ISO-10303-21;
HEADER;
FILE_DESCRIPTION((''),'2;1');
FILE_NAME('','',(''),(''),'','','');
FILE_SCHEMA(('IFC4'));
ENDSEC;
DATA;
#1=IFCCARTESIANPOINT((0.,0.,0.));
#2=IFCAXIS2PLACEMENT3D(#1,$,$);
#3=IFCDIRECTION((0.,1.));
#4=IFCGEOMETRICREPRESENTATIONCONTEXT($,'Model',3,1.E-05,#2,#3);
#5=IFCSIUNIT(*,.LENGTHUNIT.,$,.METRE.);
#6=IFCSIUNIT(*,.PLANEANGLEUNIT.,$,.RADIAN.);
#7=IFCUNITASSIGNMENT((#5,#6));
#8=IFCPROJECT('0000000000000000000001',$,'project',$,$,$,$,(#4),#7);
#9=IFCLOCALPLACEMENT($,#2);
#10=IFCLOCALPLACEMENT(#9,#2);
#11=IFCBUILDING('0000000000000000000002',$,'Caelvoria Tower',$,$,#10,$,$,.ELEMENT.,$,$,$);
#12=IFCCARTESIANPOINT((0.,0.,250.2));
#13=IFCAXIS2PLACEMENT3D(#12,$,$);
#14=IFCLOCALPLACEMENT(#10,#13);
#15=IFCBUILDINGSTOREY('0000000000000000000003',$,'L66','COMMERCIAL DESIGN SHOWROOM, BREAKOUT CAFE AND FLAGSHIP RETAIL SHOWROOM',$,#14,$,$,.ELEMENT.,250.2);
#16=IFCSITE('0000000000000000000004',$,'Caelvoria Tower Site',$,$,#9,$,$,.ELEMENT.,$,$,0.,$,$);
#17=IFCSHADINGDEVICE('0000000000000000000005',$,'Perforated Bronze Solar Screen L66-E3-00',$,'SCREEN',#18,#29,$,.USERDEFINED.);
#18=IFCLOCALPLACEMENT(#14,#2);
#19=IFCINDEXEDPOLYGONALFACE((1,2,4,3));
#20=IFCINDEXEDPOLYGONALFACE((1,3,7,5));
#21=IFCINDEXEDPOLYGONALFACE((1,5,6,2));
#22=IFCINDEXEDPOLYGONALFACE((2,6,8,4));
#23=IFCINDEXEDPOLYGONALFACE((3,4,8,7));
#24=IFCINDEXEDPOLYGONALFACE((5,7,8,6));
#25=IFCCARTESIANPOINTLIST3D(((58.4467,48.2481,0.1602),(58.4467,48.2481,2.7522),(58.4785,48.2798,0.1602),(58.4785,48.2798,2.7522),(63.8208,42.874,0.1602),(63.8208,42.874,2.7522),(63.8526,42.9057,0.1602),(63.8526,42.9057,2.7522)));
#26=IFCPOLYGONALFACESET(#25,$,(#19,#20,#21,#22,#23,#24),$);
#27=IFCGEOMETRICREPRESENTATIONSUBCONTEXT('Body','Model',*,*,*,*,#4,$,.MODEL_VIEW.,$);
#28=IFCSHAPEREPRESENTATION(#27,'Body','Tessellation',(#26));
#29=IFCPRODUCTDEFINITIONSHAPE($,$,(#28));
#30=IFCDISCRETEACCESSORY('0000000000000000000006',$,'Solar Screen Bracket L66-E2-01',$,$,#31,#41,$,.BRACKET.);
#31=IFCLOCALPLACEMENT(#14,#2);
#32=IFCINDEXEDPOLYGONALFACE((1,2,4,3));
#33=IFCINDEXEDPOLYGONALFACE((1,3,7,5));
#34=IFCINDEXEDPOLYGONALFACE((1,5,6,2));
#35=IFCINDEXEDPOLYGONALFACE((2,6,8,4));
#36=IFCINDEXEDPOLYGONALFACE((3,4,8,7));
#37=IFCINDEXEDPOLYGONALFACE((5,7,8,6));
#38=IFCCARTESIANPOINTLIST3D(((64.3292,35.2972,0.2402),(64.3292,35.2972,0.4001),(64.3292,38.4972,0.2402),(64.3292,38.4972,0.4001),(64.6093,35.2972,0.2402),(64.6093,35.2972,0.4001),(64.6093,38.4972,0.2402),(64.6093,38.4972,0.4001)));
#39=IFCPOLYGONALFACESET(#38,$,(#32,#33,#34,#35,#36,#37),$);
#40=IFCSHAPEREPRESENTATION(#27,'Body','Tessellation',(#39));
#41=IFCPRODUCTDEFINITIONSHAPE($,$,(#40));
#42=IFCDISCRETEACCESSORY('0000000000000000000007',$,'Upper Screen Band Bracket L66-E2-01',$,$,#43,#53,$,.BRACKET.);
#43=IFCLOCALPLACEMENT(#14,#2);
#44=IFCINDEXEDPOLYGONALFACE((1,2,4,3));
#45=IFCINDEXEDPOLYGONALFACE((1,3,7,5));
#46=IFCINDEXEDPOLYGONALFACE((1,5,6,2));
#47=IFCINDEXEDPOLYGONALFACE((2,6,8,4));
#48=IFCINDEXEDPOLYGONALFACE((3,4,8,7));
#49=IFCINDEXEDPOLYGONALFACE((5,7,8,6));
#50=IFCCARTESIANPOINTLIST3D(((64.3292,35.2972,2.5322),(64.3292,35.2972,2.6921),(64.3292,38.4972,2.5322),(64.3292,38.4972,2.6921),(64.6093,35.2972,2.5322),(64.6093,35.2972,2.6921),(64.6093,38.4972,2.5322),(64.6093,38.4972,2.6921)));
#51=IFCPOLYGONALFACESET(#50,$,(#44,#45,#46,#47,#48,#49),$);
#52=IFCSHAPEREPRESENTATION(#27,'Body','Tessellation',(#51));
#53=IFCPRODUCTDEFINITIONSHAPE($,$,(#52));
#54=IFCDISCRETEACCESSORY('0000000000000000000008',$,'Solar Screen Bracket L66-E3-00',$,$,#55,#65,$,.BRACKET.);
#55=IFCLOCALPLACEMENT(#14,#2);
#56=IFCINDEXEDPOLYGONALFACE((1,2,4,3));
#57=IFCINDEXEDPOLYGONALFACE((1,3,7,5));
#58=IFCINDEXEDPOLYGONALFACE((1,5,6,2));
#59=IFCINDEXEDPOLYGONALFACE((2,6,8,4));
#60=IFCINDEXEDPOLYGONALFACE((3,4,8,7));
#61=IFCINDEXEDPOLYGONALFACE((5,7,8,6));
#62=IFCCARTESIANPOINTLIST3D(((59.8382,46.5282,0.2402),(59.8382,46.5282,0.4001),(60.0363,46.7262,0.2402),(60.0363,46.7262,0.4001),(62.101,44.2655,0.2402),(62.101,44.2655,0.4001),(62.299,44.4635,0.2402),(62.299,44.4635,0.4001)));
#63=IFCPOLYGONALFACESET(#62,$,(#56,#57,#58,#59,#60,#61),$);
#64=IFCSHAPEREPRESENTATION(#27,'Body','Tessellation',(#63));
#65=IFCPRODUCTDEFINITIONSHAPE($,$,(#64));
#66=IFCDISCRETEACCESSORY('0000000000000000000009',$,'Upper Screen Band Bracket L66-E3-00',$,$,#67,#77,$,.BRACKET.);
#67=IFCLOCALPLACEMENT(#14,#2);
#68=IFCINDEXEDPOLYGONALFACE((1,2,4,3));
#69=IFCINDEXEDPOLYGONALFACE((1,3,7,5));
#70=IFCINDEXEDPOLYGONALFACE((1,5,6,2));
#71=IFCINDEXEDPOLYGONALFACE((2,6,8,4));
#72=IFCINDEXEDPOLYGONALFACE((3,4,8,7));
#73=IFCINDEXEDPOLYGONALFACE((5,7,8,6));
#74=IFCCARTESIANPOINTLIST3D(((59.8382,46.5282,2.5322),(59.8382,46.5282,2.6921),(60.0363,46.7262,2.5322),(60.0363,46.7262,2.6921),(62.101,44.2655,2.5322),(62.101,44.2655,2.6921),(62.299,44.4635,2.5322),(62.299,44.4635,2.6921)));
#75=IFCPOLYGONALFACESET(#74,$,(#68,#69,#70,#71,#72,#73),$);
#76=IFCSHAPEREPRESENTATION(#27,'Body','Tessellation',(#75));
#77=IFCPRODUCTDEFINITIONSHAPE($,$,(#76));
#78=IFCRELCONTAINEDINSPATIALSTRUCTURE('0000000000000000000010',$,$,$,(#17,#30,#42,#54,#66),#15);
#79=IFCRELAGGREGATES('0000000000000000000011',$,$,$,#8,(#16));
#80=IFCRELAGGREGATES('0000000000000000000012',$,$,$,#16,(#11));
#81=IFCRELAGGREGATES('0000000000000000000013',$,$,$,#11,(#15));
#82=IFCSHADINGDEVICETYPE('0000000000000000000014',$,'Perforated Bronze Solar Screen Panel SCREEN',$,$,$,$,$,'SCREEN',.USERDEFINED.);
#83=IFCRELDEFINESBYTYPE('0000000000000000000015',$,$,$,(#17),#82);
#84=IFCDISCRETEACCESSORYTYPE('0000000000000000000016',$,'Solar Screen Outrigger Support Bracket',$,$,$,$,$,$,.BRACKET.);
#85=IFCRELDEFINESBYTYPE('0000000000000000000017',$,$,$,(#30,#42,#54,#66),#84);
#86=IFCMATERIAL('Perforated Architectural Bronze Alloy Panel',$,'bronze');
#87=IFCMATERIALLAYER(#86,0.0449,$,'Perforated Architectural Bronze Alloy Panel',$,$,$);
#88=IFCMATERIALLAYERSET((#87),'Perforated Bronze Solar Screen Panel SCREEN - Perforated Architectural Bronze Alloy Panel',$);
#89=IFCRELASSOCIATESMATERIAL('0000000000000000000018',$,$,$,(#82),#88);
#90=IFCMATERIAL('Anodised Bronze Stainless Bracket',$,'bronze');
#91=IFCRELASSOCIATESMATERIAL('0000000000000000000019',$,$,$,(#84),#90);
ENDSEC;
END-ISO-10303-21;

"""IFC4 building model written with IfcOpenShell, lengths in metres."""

from ifc_helpers import new_model, si_unit, direction, frame, origin, origin_2d, place, context, subcontext, project, spatial, rectangle, extrude, material, layer, layer_set, type_object, element, save


model = new_model("IFC4")

# Units and contexts
model_context = context("Model", 3, precision=1e-05, world=origin(), true_north=direction((0.0, 1.0)))
body_context = subcontext(model_context, "Body", "Model", "MODEL_VIEW")
ifc_project = project(units=[si_unit("LENGTHUNIT", "METRE"), si_unit("PLANEANGLEUNIT", "RADIAN")], contexts=[model_context])

# Site, building, storey
site_placement = place(None, origin())
site = spatial("IfcSite", under=ifc_project, at=site_placement, Name="Caelvoria Tower Site", CompositionType="ELEMENT", RefElevation=0.0)
building_placement = place(site_placement, origin())
building = spatial("IfcBuilding", under=site, at=building_placement, Name="Caelvoria Tower", CompositionType="ELEMENT")
storey_placement = place(building_placement, frame((0.0, 0.0, 250.2)))
storey = spatial("IfcBuildingStorey", under=building, at=storey_placement, Name="L66", Description="COMMERCIAL DESIGN SHOWROOM, BREAKOUT CAFE AND FLAGSHIP RETAIL SHOWROOM", CompositionType="ELEMENT", Elevation=250.2)

# Shading device
ifc_material_1 = material(Name="Perforated Architectural Bronze Alloy Panel", Category="bronze")
ifc_layer_1 = layer(ifc_material_1, 0.0449, Name="Perforated Architectural Bronze Alloy Panel")
ifc_layer_set_1 = layer_set([ifc_layer_1], Name="Perforated Bronze Solar Screen Panel SCREEN - Perforated Architectural Bronze Alloy Panel")
shading_device_type = type_object("IfcShadingDeviceType", Name="Perforated Bronze Solar Screen Panel SCREEN", ElementType="SCREEN", PredefinedType="USERDEFINED", material=ifc_layer_set_1)
for number, where, z_axis, x_axis, name in (
    (1, (61.1497, 45.5769, 0.1602), (0.0, 0.0, 1.0), (-0.707107, 0.707107, 0.0), "Perforated Bronze Solar Screen L66-E3-00"),
):
    element("IfcShadingDevice", number, at=place(storey_placement, frame(where, z_axis=z_axis, x_axis=x_axis)), inside=storey, type_object=shading_device_type, Name=name, ObjectType="SCREEN", PredefinedType="USERDEFINED", context=body_context, shape_type="SweptSolid", body=[
        extrude(rectangle(XDim=7.6001, YDim=0.0449, at=origin_2d()), origin(), (0.0, 0.0, 1.0), 2.592),
    ])

# Discrete accessories
ifc_material_2 = material(Name="Anodised Bronze Stainless Bracket", Category="bronze")
discrete_accessory_type = type_object("IfcDiscreteAccessoryType", Name="Solar Screen Outrigger Support Bracket", PredefinedType="BRACKET", material=ifc_material_2)
for number, where, z_axis, x_axis, name in (
    (2, (64.4692, 36.8972, 0.2402), (0.0, 0.0, 1.0), (0.0, 1.0, 0.0), "Solar Screen Bracket L66-E2-01"),
    (3, (64.4692, 36.8972, 2.5322), (0.0, 0.0, 1.0), (0.0, 1.0, 0.0), "Upper Screen Band Bracket L66-E2-01"),
    (4, (61.0686, 45.4958, 0.2402), (0.0, 0.0, 1.0), (-0.707107, 0.707107, 0.0), "Solar Screen Bracket L66-E3-00"),
    (5, (61.0686, 45.4958, 2.5322), (0.0, 0.0, 1.0), (-0.707107, 0.707107, 0.0), "Upper Screen Band Bracket L66-E3-00"),
):
    element("IfcDiscreteAccessory", number, at=place(storey_placement, frame(where, z_axis=z_axis, x_axis=x_axis)), inside=storey, type_object=discrete_accessory_type, Name=name, PredefinedType="BRACKET", context=body_context, shape_type="SweptSolid", body=[
        extrude(rectangle(XDim=3.2, YDim=0.28, at=origin_2d()), origin(), (0.0, 0.0, 1.0), 0.1599),
    ])

save(model, "model.ifc")
